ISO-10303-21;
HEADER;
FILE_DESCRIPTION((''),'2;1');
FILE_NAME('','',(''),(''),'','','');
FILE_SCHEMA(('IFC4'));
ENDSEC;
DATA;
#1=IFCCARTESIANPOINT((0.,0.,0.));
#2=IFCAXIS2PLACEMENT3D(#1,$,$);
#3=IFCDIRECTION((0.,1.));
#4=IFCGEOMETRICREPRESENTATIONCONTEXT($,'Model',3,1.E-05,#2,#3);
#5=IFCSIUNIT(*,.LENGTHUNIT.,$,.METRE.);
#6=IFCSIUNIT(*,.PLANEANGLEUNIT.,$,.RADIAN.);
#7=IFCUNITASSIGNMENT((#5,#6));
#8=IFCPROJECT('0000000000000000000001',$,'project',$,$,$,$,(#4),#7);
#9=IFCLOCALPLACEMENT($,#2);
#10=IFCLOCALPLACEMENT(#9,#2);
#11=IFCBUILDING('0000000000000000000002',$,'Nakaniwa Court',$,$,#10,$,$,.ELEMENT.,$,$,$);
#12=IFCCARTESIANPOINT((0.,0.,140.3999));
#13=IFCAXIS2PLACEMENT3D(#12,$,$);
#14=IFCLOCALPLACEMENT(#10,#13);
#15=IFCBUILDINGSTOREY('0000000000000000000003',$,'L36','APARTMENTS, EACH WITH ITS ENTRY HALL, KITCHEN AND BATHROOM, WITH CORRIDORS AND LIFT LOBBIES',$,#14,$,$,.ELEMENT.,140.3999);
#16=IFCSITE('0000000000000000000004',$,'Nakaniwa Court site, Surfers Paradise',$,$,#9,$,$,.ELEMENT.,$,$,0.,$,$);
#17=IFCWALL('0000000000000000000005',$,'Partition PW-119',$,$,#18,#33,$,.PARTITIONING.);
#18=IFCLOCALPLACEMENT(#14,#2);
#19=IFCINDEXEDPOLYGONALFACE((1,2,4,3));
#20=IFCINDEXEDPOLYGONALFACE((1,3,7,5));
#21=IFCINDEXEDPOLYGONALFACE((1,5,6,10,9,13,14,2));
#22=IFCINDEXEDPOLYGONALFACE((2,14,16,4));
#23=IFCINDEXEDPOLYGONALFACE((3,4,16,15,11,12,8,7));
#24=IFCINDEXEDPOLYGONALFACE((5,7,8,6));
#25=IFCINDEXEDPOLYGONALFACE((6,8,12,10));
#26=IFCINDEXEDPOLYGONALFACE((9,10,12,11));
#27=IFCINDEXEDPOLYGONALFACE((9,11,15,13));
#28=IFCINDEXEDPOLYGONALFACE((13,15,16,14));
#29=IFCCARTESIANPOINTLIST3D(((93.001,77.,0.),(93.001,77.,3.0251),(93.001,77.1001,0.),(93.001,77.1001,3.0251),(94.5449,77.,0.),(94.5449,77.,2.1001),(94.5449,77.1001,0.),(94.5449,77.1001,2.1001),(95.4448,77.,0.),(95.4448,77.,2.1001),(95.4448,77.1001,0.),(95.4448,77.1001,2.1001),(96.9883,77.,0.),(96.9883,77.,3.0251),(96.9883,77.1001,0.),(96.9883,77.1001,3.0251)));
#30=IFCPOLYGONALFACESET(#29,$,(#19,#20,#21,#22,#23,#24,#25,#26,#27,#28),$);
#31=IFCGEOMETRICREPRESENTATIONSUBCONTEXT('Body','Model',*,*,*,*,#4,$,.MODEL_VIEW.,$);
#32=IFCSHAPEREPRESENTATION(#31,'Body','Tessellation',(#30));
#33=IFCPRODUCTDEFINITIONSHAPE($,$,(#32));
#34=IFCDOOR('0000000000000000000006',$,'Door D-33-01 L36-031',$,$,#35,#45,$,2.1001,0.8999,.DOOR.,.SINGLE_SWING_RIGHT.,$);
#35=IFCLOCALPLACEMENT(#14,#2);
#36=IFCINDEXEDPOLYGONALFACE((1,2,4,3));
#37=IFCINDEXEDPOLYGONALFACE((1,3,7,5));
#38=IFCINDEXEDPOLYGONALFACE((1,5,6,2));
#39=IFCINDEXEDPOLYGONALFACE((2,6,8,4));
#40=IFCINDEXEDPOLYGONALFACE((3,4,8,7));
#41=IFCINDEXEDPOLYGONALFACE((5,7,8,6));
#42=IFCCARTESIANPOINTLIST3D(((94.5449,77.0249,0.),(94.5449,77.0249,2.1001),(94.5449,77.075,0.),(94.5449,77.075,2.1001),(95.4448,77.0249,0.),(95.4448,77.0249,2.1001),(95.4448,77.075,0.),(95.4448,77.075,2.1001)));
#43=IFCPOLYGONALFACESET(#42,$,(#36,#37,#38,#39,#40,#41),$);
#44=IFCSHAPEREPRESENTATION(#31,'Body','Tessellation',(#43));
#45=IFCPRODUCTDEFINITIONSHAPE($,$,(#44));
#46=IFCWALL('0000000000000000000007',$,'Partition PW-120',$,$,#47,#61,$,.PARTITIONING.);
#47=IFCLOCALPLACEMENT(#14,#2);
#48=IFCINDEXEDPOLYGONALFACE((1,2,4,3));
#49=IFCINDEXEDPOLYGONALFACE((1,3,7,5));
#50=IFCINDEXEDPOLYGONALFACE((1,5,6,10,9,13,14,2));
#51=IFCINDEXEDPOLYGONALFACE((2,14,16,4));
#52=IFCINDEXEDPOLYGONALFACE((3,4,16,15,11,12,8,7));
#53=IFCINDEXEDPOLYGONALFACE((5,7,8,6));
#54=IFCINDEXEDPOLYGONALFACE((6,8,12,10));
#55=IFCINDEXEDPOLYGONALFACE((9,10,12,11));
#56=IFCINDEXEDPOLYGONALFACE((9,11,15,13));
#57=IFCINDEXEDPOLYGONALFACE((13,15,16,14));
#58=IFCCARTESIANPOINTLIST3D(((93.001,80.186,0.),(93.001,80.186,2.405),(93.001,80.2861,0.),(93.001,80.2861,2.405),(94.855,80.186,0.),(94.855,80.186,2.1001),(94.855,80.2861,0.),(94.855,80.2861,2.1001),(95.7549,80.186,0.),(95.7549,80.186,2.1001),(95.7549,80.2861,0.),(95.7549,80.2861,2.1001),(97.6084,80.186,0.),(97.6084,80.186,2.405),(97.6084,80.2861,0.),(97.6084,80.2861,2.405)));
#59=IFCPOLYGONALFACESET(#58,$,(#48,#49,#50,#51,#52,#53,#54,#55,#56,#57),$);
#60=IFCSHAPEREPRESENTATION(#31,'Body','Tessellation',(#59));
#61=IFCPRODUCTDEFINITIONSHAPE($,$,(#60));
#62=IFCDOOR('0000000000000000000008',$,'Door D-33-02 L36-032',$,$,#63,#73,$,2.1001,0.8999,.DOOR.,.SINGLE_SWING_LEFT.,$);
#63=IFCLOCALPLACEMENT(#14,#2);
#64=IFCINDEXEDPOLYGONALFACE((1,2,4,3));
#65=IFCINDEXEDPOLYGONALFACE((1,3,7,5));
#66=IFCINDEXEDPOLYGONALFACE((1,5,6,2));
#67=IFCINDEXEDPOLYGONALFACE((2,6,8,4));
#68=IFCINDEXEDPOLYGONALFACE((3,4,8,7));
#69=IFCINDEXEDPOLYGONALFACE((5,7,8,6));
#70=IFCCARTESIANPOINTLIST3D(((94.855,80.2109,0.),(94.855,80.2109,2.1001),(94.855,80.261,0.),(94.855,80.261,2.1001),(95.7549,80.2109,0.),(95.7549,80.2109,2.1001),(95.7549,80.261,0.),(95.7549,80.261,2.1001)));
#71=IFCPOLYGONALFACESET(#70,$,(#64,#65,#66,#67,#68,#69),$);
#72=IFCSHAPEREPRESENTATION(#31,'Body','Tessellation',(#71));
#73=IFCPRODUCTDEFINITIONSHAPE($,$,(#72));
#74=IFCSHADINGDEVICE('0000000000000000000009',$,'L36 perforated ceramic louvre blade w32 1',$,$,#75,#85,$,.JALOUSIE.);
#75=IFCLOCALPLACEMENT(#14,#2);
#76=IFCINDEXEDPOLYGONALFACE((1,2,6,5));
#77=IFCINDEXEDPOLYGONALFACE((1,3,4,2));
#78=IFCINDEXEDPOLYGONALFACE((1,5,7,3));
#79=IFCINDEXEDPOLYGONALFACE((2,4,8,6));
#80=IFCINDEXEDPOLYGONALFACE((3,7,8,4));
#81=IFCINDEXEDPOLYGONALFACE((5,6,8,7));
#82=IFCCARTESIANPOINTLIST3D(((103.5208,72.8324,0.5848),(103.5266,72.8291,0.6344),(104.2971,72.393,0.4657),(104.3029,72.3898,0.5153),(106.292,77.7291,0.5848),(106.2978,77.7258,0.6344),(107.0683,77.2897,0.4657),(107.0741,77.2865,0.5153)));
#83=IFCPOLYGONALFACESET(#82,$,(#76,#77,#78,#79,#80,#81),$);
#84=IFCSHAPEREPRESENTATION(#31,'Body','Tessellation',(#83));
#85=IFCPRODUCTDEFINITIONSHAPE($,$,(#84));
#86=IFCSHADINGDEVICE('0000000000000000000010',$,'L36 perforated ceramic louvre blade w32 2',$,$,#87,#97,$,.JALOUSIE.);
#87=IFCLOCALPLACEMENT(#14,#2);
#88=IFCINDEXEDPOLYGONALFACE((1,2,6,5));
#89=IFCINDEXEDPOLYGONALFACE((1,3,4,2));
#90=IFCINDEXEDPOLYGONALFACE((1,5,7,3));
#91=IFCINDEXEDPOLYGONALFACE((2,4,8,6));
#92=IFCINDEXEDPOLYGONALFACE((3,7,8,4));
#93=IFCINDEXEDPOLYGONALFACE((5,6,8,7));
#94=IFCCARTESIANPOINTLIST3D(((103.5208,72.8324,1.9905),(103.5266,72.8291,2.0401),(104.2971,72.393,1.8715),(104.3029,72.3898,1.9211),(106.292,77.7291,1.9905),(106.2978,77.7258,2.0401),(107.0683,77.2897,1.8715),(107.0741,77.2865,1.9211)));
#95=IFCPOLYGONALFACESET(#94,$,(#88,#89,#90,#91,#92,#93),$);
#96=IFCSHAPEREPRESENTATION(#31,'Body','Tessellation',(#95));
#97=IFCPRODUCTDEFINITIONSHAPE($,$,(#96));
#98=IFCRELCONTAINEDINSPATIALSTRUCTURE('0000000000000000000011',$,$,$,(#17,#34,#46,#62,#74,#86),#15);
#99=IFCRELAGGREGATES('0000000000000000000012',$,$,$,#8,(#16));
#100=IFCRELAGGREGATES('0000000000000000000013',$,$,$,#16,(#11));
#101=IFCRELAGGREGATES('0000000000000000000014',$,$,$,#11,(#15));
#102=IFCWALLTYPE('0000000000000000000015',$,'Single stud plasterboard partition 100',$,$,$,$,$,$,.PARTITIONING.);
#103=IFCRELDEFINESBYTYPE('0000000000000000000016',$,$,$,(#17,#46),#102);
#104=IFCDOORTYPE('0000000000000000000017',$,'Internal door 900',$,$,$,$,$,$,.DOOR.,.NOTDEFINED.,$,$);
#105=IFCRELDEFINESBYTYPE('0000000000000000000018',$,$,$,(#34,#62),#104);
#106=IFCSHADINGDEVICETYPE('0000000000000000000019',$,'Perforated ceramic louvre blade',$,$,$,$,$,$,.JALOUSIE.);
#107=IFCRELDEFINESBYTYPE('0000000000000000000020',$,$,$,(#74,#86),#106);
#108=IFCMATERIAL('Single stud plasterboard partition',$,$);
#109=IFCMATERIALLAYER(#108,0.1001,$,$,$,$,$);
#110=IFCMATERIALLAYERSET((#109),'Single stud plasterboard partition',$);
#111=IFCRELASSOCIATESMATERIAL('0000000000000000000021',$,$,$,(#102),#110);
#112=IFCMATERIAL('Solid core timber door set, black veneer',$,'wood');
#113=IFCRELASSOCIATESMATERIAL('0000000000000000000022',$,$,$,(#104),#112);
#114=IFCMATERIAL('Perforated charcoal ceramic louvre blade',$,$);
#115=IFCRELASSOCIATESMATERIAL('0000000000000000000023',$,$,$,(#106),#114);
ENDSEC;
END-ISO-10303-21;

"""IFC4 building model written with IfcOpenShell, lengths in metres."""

from ifc_helpers import new_model, si_unit, direction, frame, frame_2d, origin, origin_2d, place, context, subcontext, project, spatial, rectangle, extrude, material, layer, layer_set, material_profile, profile_set, type_object, element, fill, save


model = new_model("IFC4")

# Units and contexts
model_context = context("Model", 3, precision=1e-05, world=origin(), true_north=direction((0.0, 1.0)))
body_context = subcontext(model_context, "Body", "Model", "MODEL_VIEW")
ifc_project = project(units=[si_unit("LENGTHUNIT", "METRE"), si_unit("PLANEANGLEUNIT", "RADIAN")], contexts=[model_context])

# Site, building, storey
site_placement = place(None, origin())
site = spatial("IfcSite", under=ifc_project, at=site_placement, Name="Nakaniwa Court site, Surfers Paradise", CompositionType="ELEMENT", RefElevation=0.0)
building_placement = place(site_placement, origin())
building = spatial("IfcBuilding", under=site, at=building_placement, Name="Nakaniwa Court", CompositionType="ELEMENT")
storey_placement = place(building_placement, frame((0.0, 0.0, 140.3999)))
storey = spatial("IfcBuildingStorey", under=building, at=storey_placement, Name="L36", Description="APARTMENTS, EACH WITH ITS ENTRY HALL, KITCHEN AND BATHROOM, WITH CORRIDORS AND LIFT LOBBIES", CompositionType="ELEMENT", Elevation=140.3999)

# Shared definitions
ifc_material_1 = material(Name="Solid core timber door set, black veneer", Category="wood")

# Shared definitions
ifc_material_2 = material(Name="Single stud plasterboard partition")
ifc_layer_1 = layer(ifc_material_2, 0.1001)
ifc_layer_set_1 = layer_set([ifc_layer_1], Name="Single stud plasterboard partition")
wall_type_1 = type_object("IfcWallType", Name="Single stud plasterboard partition 100", PredefinedType="PARTITIONING", material=ifc_layer_set_1)

# Walls, openings, doors
wall_1_placement = place(storey_placement, frame((93.001, 77.05, 0.0), z_axis=(0.0, 0.0, 1.0), x_axis=(1.0, 0.0, 0.0)))
wall_1 = element("IfcWall", 1, at=wall_1_placement, inside=storey, type_object=wall_type_1, Name="Partition PW-119", PredefinedType="PARTITIONING", context=body_context, shape_type="SweptSolid", body=[
    extrude(rectangle(XDim=3.9873, YDim=0.1001, at=frame_2d((1.9937, 0.0))), origin(), (0.0, 0.0, 1.0), 3.0251),
])
opening_1_placement = place(wall_1_placement, frame((1.5439, 0.0, 0.0)))
opening_1 = element("IfcOpeningElement", 2, at=opening_1_placement, cuts=wall_1, PredefinedType="OPENING", context=body_context, shape_type="SweptSolid", body=[
    extrude(rectangle(XDim=0.8999, YDim=2.1001, at=frame_2d((0.45, 1.05))), frame((0.0, 0.0601, 0.0), z_axis=(0.0, -1.0, 0.0), x_axis=(1.0, 0.0, 0.0)), (0.0, 0.0, 1.0), 0.1201),
])
door_type_1 = type_object("IfcDoorType", Name="Internal door 900", OperationType="NOTDEFINED", PredefinedType="DOOR", material=ifc_material_1)
door_1_placement = place(opening_1_placement, origin())
door_1 = element("IfcDoor", 3, at=door_1_placement, inside=storey, type_object=door_type_1, Name="Door D-33-01 L36-031", OperationType="SINGLE_SWING_RIGHT", OverallHeight=2.1001, OverallWidth=0.8999, PredefinedType="DOOR", context=body_context, shape_type="SweptSolid", body=[
    extrude(rectangle(XDim=0.8999, YDim=2.1001, at=frame_2d((0.45, 1.05))), frame((0.0, 0.0249, 0.0), z_axis=(0.0, -1.0, 0.0), x_axis=(1.0, 0.0, 0.0)), (0.0, 0.0, 1.0), 0.05),
])
fill(opening_1, door_1)
wall_2_placement = place(storey_placement, frame((93.001, 80.2361, 0.0), z_axis=(0.0, 0.0, 1.0), x_axis=(1.0, 0.0, 0.0)))
wall_2 = element("IfcWall", 4, at=wall_2_placement, inside=storey, type_object=wall_type_1, Name="Partition PW-120", PredefinedType="PARTITIONING", context=body_context, shape_type="SweptSolid", body=[
    extrude(rectangle(XDim=4.6074, YDim=0.1001, at=frame_2d((2.3037, 0.0))), origin(), (0.0, 0.0, 1.0), 2.405),
])
opening_2_placement = place(wall_2_placement, frame((1.854, 0.0, 0.0)))
opening_2 = element("IfcOpeningElement", 5, at=opening_2_placement, cuts=wall_2, PredefinedType="OPENING", context=body_context, shape_type="SweptSolid", body=[
    extrude(rectangle(XDim=0.8999, YDim=2.1001, at=frame_2d((0.45, 1.05))), frame((0.0, 0.0601, 0.0), z_axis=(0.0, -1.0, 0.0), x_axis=(1.0, 0.0, 0.0)), (0.0, 0.0, 1.0), 0.1201),
])
door_2_placement = place(opening_2_placement, origin())
door_2 = element("IfcDoor", 6, at=door_2_placement, inside=storey, type_object=door_type_1, Name="Door D-33-02 L36-032", OperationType="SINGLE_SWING_LEFT", OverallHeight=2.1001, OverallWidth=0.8999, PredefinedType="DOOR", context=body_context, shape_type="SweptSolid", body=[
    extrude(rectangle(XDim=0.8999, YDim=2.1001, at=frame_2d((0.45, 1.05))), frame((0.0, 0.0249, 0.0), z_axis=(0.0, -1.0, 0.0), x_axis=(1.0, 0.0, 0.0)), (0.0, 0.0, 1.0), 0.05),
])
fill(opening_2, door_2)

# Shading devices
ifc_material_3 = material(Name="Perforated charcoal ceramic louvre blade")
ifc_material_profile_1 = material_profile(ifc_material_3, rectangle(XDim=0.8999, YDim=0.05, at=origin_2d()), Name="Perforated ceramic louvre blade")
ifc_profile_set_1 = profile_set([ifc_material_profile_1], Name="Perforated charcoal ceramic louvre blade")
shading_device_type = type_object("IfcShadingDeviceType", Name="Perforated ceramic louvre blade", PredefinedType="JALOUSIE", material=ifc_profile_set_1)
for number, where, z_axis, x_axis, name in (
    (7, (103.9119, 72.6111, 0.55), (0.492532, 0.870294, 0.0), (-0.862649, 0.488205, 0.132256), "L36 perforated ceramic louvre blade w32 1"),
    (8, (103.9119, 72.6111, 1.9558), (0.492532, 0.870294, 0.0), (-0.862649, 0.488205, 0.132256), "L36 perforated ceramic louvre blade w32 2"),
):
    element("IfcShadingDevice", number, at=place(storey_placement, frame(where, z_axis=z_axis, x_axis=x_axis)), inside=storey, type_object=shading_device_type, Name=name, PredefinedType="JALOUSIE", context=body_context, shape_type="SweptSolid", body=[
        extrude(rectangle(XDim=0.8999, YDim=0.05, at=origin_2d()), origin(), (0.0, 0.0, 1.0), 5.6265),
    ])

save(model, "model.ifc")
